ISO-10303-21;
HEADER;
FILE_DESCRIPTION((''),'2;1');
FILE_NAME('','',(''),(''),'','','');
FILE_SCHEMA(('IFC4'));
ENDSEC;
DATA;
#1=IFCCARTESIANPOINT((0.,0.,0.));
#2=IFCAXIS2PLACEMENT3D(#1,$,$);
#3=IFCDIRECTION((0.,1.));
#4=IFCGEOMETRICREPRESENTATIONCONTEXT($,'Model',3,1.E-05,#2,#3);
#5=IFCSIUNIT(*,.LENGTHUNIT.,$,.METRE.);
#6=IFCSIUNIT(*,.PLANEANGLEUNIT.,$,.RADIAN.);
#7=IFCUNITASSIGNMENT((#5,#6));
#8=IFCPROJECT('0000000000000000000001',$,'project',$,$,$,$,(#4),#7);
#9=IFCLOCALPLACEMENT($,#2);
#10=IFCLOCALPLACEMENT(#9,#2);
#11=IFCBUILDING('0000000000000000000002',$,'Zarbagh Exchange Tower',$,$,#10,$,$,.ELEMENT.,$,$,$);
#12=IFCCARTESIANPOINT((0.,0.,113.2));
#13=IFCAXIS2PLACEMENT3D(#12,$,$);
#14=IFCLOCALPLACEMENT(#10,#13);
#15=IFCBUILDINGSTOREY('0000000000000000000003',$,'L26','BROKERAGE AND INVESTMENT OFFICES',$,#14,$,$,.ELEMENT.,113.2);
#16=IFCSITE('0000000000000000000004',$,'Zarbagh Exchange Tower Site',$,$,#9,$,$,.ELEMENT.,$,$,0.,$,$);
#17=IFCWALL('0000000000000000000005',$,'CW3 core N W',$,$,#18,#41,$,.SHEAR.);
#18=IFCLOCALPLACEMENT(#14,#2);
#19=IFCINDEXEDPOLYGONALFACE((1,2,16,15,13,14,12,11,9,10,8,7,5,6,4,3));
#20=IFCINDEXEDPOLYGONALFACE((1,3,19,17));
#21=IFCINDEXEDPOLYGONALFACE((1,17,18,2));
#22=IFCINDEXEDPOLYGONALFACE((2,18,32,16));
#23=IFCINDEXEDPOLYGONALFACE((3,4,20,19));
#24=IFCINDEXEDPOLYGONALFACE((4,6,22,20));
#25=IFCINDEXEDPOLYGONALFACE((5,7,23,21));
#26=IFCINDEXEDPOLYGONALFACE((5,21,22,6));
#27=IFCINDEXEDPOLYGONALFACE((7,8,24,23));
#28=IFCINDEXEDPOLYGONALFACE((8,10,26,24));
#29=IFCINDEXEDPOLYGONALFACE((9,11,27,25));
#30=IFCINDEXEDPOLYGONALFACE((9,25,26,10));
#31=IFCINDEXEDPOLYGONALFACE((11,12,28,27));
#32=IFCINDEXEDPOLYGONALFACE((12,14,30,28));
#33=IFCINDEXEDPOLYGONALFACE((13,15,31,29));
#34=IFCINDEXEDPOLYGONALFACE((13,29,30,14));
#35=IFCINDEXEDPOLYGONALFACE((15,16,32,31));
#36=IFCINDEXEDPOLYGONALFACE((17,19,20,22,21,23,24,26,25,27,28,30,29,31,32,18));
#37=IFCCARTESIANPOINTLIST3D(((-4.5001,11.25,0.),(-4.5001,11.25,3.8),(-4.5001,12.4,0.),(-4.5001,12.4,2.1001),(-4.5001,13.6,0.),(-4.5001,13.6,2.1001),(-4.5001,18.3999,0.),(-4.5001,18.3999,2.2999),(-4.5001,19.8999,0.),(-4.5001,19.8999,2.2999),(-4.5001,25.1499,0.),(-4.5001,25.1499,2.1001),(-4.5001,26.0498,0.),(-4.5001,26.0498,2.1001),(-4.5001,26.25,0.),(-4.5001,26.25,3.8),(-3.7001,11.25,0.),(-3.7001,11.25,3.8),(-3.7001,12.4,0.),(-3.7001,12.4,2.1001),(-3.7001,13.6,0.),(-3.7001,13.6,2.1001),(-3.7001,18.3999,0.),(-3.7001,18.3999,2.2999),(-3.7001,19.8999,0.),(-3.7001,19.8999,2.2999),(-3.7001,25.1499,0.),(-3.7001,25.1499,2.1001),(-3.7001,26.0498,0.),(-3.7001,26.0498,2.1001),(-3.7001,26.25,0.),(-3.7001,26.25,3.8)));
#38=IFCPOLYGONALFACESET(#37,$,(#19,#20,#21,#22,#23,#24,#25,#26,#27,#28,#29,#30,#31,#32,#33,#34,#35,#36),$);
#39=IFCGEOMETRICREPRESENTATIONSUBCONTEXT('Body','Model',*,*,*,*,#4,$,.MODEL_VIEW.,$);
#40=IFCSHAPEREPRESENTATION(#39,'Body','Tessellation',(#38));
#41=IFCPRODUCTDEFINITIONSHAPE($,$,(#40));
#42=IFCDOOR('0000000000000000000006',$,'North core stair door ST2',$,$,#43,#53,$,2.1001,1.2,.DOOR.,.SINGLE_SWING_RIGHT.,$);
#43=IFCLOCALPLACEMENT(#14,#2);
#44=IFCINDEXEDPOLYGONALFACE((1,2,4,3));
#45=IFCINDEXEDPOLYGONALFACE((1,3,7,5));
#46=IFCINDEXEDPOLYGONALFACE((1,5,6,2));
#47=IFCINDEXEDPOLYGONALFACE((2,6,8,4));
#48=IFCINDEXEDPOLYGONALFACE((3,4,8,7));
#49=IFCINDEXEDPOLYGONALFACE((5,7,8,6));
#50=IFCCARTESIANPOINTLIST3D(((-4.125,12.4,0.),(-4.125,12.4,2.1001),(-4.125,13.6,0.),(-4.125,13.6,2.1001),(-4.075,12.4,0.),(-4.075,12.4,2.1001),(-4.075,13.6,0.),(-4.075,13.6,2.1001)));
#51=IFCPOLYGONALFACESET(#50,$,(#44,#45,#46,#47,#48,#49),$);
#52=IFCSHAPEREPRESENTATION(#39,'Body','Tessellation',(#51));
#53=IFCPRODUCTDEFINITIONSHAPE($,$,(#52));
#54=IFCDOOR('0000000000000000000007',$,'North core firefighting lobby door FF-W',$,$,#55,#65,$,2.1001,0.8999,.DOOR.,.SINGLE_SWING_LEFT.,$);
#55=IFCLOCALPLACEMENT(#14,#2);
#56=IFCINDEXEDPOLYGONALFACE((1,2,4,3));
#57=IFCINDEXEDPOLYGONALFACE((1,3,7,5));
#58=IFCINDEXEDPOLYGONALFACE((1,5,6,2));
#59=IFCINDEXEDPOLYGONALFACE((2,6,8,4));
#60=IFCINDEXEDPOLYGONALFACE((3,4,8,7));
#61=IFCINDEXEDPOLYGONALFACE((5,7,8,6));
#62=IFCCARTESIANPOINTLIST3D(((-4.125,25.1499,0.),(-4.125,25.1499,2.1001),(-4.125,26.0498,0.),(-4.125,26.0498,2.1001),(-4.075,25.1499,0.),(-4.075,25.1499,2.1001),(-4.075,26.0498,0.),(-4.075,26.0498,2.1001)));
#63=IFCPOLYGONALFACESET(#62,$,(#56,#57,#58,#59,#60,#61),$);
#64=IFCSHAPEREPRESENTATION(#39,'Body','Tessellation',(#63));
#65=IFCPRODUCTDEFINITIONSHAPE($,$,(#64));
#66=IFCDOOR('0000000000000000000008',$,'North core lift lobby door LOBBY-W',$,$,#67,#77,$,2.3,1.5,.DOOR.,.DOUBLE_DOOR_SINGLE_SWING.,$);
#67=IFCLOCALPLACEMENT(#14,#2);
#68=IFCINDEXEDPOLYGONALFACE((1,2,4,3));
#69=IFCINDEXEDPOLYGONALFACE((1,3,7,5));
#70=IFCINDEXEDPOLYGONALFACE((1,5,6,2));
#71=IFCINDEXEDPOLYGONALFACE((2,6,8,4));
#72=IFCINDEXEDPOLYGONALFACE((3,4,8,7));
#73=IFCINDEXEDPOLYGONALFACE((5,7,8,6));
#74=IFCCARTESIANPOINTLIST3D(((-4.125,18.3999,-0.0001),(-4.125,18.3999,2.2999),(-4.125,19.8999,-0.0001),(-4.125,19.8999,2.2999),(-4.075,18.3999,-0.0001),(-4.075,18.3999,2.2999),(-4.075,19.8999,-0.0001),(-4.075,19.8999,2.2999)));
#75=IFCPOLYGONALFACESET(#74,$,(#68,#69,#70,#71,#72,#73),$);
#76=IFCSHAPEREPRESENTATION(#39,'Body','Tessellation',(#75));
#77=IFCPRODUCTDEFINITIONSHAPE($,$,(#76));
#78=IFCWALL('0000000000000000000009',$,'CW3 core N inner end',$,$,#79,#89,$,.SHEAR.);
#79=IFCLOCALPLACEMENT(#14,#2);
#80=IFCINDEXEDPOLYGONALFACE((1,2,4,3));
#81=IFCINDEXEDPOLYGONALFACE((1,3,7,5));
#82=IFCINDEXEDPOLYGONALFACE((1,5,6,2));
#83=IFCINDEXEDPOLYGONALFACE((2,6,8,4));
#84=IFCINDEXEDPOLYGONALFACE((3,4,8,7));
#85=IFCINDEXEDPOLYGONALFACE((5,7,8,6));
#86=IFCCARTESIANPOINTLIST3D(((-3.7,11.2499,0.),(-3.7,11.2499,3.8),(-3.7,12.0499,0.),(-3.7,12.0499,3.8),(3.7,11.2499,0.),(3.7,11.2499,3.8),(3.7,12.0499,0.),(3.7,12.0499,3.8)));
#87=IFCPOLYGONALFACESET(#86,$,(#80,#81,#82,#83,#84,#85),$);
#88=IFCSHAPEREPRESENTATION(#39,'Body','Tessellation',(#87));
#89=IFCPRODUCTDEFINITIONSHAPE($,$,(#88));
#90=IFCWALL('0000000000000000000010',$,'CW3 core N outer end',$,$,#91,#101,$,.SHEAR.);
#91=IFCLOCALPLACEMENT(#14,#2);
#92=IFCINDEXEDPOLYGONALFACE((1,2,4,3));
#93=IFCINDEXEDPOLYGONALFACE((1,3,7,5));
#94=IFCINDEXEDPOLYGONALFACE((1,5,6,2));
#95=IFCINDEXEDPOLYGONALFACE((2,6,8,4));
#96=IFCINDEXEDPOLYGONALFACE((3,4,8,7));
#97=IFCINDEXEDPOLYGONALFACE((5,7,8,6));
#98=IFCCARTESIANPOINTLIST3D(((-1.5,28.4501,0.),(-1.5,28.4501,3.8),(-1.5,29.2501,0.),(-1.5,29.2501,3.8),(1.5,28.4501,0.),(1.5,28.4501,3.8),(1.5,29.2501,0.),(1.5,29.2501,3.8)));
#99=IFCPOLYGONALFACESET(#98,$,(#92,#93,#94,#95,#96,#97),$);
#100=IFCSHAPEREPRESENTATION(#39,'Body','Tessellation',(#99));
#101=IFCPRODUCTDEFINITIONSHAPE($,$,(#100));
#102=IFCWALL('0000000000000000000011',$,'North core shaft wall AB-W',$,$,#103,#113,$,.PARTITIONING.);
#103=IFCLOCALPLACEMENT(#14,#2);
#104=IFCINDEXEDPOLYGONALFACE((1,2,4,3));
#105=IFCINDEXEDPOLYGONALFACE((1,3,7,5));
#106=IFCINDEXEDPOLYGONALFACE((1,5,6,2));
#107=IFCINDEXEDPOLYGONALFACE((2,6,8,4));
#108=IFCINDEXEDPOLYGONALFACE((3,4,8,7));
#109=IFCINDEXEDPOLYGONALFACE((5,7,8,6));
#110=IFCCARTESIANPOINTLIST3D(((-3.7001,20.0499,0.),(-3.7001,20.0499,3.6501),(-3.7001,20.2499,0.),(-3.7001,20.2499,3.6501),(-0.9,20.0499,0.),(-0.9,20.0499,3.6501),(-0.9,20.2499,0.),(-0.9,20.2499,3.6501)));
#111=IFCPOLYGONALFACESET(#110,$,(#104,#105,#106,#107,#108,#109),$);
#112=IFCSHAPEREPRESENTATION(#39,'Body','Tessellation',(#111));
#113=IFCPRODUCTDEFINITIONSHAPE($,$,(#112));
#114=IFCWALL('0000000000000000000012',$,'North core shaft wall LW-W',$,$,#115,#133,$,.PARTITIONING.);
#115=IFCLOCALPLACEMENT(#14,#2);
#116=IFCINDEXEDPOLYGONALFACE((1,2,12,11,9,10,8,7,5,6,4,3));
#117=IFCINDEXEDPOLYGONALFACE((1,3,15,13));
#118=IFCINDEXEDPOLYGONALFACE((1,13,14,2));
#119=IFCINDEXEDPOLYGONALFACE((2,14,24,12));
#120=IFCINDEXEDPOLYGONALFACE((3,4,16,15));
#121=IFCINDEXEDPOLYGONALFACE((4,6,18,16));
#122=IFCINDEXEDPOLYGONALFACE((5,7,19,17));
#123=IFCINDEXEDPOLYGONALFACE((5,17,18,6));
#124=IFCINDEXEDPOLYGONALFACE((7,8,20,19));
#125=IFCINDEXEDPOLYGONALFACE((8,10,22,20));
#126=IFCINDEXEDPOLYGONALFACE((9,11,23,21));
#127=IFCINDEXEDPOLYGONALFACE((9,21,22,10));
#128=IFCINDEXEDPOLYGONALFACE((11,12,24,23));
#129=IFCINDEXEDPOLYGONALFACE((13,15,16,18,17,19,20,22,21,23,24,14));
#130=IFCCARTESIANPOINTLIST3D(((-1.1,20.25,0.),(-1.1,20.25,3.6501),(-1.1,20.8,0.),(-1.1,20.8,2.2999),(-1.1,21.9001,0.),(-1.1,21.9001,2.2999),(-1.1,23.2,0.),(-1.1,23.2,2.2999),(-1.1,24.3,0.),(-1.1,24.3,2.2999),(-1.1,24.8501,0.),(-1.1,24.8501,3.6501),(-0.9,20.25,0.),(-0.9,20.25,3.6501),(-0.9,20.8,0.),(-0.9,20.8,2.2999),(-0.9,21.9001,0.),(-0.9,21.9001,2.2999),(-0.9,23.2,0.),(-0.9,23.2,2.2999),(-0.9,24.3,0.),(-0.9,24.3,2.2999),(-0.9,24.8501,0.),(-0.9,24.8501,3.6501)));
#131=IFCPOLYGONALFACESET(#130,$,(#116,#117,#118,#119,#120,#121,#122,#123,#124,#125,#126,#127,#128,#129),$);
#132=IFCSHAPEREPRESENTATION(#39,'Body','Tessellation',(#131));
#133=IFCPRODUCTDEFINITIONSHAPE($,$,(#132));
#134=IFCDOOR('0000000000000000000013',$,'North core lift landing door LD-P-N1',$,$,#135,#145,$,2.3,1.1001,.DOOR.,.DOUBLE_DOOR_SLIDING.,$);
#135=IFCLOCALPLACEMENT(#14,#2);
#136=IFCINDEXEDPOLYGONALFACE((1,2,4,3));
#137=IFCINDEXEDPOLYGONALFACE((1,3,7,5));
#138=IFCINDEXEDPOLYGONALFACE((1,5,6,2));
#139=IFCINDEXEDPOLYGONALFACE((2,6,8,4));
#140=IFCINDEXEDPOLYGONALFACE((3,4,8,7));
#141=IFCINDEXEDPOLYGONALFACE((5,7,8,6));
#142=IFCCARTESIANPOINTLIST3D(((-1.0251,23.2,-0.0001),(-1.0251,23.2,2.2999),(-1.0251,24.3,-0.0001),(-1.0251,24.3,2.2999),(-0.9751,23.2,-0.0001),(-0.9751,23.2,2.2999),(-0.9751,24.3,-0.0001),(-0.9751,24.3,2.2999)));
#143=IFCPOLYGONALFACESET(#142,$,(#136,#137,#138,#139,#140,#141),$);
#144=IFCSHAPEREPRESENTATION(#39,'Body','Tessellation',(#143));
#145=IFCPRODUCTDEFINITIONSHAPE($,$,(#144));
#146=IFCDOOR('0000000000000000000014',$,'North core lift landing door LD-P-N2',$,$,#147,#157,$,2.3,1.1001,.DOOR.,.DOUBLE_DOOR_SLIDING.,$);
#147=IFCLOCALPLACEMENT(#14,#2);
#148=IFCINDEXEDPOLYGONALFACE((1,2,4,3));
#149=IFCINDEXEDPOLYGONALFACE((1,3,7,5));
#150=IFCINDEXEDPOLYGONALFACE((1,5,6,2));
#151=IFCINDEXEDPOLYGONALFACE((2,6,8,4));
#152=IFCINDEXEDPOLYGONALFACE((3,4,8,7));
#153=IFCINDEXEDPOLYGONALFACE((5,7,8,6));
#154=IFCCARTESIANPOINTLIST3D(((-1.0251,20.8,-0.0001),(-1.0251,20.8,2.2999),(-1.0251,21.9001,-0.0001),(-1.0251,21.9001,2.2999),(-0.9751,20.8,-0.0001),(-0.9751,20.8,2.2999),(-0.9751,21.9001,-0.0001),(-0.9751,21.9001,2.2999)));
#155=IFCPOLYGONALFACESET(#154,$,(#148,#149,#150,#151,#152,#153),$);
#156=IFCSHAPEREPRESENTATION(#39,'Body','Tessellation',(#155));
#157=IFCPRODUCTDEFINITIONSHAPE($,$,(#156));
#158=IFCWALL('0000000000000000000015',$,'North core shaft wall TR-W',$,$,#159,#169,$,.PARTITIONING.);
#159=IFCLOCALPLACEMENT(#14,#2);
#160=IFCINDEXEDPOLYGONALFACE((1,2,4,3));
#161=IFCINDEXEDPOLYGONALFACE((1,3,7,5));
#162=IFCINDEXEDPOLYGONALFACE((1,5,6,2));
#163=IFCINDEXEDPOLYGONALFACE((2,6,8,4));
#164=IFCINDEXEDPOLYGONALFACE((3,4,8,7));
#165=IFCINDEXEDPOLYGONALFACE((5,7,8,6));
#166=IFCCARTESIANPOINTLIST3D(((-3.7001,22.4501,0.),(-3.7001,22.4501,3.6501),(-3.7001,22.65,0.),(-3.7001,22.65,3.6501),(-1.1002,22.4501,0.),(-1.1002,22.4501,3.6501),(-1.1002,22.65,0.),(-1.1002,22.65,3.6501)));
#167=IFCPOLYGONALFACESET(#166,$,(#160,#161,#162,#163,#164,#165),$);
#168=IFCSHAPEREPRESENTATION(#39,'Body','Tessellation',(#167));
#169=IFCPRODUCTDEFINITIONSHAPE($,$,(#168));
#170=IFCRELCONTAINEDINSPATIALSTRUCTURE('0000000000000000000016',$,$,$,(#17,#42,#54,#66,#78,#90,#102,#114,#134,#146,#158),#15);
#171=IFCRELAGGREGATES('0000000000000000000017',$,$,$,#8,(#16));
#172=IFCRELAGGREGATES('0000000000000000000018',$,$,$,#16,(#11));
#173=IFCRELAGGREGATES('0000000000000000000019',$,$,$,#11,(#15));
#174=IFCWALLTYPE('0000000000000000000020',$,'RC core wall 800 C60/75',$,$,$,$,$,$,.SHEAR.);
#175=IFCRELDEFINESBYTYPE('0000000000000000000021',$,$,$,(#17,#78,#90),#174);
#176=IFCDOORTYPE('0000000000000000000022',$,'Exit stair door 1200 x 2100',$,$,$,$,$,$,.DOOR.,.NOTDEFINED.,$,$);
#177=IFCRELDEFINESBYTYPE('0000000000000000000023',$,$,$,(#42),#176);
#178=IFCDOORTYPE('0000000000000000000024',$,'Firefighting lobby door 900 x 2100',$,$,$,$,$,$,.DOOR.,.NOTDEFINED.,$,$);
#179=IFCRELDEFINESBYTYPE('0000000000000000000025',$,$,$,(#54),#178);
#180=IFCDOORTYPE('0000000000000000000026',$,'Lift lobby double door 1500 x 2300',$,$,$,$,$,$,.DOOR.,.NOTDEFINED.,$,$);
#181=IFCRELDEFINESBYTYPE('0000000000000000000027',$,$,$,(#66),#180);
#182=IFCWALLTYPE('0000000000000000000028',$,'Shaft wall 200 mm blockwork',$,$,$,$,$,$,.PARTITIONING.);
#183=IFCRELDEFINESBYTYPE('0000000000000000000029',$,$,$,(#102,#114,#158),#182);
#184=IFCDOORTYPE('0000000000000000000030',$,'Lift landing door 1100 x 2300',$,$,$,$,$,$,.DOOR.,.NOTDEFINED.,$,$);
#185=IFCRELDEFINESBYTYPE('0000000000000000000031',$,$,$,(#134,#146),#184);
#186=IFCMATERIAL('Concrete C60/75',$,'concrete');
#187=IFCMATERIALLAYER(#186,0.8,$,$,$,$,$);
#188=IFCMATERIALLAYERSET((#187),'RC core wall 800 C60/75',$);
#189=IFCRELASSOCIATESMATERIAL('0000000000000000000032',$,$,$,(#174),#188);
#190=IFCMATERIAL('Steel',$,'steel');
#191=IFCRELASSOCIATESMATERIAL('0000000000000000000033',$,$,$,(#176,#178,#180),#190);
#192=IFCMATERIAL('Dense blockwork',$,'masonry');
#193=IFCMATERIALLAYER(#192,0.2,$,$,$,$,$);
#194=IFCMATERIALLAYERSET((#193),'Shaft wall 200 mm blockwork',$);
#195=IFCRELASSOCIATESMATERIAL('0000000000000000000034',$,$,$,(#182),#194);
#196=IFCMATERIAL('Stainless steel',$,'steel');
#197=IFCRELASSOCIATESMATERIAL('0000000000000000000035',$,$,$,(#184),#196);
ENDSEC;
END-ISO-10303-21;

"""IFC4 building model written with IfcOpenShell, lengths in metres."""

from ifc_helpers import new_model, si_unit, direction, frame, frame_2d, origin, place, context, subcontext, project, spatial, rectangle, extrude, material, layer, layer_set, type_object, element, fill, save


model = new_model("IFC4")

# Units and contexts
model_context = context("Model", 3, precision=1e-05, world=origin(), true_north=direction((0.0, 1.0)))
body_context = subcontext(model_context, "Body", "Model", "MODEL_VIEW")
ifc_project = project(units=[si_unit("LENGTHUNIT", "METRE"), si_unit("PLANEANGLEUNIT", "RADIAN")], contexts=[model_context])

# Site, building, storey
site_placement = place(None, origin())
site = spatial("IfcSite", under=ifc_project, at=site_placement, Name="Zarbagh Exchange Tower Site", CompositionType="ELEMENT", RefElevation=0.0)
building_placement = place(site_placement, origin())
building = spatial("IfcBuilding", under=site, at=building_placement, Name="Zarbagh Exchange Tower", CompositionType="ELEMENT")
storey_placement = place(building_placement, frame((0.0, 0.0, 113.2)))
storey = spatial("IfcBuildingStorey", under=building, at=storey_placement, Name="L26", Description="BROKERAGE AND INVESTMENT OFFICES", CompositionType="ELEMENT", Elevation=113.2)

# Shared definitions
ifc_material_1 = material(Name="Concrete C60/75", Category="concrete")

# Wall, openings, doors
ifc_layer_1 = layer(ifc_material_1, 0.8)
ifc_layer_set_1 = layer_set([ifc_layer_1], Name="RC core wall 800 C60/75")
wall_type_1 = type_object("IfcWallType", Name="RC core wall 800 C60/75", PredefinedType="SHEAR", material=ifc_layer_set_1)
wall_1_placement = place(storey_placement, frame((-4.1001, 11.25, 0.0), z_axis=(0.0, 0.0, 1.0), x_axis=(0.0, 1.0, 0.0)))
wall_1 = element("IfcWall", 1, at=wall_1_placement, inside=storey, type_object=wall_type_1, Name="CW3 core N W", PredefinedType="SHEAR", context=body_context, shape_type="SweptSolid", body=[
    extrude(rectangle(XDim=15.0, YDim=0.8, at=frame_2d((7.5, 0.0))), origin(), (0.0, 0.0, 1.0), 3.8),
])
opening_1_placement = place(wall_1_placement, frame((7.1499, 0.0, 0.0)))
opening_1 = element("IfcOpeningElement", 2, at=opening_1_placement, cuts=wall_1, PredefinedType="OPENING", context=body_context, shape_type="SweptSolid", body=[
    extrude(rectangle(XDim=1.5, YDim=2.3, at=frame_2d((0.75, 1.1499))), frame((0.0, 0.4099, 0.0), z_axis=(0.0, -1.0, 0.0), x_axis=(1.0, 0.0, 0.0)), (0.0, 0.0, 1.0), 0.8201),
])
opening_2_placement = place(wall_1_placement, frame((13.8999, 0.0, 0.0)))
opening_2 = element("IfcOpeningElement", 3, at=opening_2_placement, cuts=wall_1, PredefinedType="OPENING", context=body_context, shape_type="SweptSolid", body=[
    extrude(rectangle(XDim=0.8999, YDim=2.1001, at=frame_2d((0.45, 1.05))), frame((0.0, 0.4099, 0.0), z_axis=(0.0, -1.0, 0.0), x_axis=(1.0, 0.0, 0.0)), (0.0, 0.0, 1.0), 0.8201),
])
opening_3_placement = place(wall_1_placement, frame((1.1499, 0.0, 0.0)))
opening_3 = element("IfcOpeningElement", 4, at=opening_3_placement, cuts=wall_1, PredefinedType="OPENING", context=body_context, shape_type="SweptSolid", body=[
    extrude(rectangle(XDim=1.2, YDim=2.1001, at=frame_2d((0.6001, 1.05))), frame((0.0, 0.4099, 0.0), z_axis=(0.0, -1.0, 0.0), x_axis=(1.0, 0.0, 0.0)), (0.0, 0.0, 1.0), 0.8201),
])
ifc_material_2 = material(Name="Steel", Category="steel")
door_type_1 = type_object("IfcDoorType", Name="Exit stair door 1200 x 2100", OperationType="NOTDEFINED", PredefinedType="DOOR", material=ifc_material_2)
door_1_placement = place(opening_3_placement, origin())
door_1 = element("IfcDoor", 5, at=door_1_placement, inside=storey, type_object=door_type_1, Name="North core stair door ST2", OperationType="SINGLE_SWING_RIGHT", OverallHeight=2.1001, OverallWidth=1.2, PredefinedType="DOOR", context=body_context, shape_type="SweptSolid", body=[
    extrude(rectangle(XDim=1.2, YDim=2.1001, at=frame_2d((0.6001, 1.05))), frame((0.0, 0.0249, 0.0), z_axis=(0.0, -1.0, 0.0), x_axis=(1.0, 0.0, 0.0)), (0.0, 0.0, 1.0), 0.05),
])
fill(opening_3, door_1)
door_type_2 = type_object("IfcDoorType", Name="Firefighting lobby door 900 x 2100", OperationType="NOTDEFINED", PredefinedType="DOOR", material=ifc_material_2)
door_2_placement = place(opening_2_placement, origin())
door_2 = element("IfcDoor", 6, at=door_2_placement, inside=storey, type_object=door_type_2, Name="North core firefighting lobby door FF-W", OperationType="SINGLE_SWING_LEFT", OverallHeight=2.1001, OverallWidth=0.8999, PredefinedType="DOOR", context=body_context, shape_type="SweptSolid", body=[
    extrude(rectangle(XDim=0.8999, YDim=2.1001, at=frame_2d((0.45, 1.05))), frame((0.0, 0.0249, 0.0), z_axis=(0.0, -1.0, 0.0), x_axis=(1.0, 0.0, 0.0)), (0.0, 0.0, 1.0), 0.05),
])
fill(opening_2, door_2)
door_type_3 = type_object("IfcDoorType", Name="Lift lobby double door 1500 x 2300", OperationType="NOTDEFINED", PredefinedType="DOOR", material=ifc_material_2)
door_3_placement = place(opening_1_placement, origin())
door_3 = element("IfcDoor", 7, at=door_3_placement, inside=storey, type_object=door_type_3, Name="North core lift lobby door LOBBY-W", OperationType="DOUBLE_DOOR_SINGLE_SWING", OverallHeight=2.3, OverallWidth=1.5, PredefinedType="DOOR", context=body_context, shape_type="SweptSolid", body=[
    extrude(rectangle(XDim=1.5, YDim=2.3, at=frame_2d((0.75, 1.1499))), frame((0.0, 0.0249, 0.0), z_axis=(0.0, -1.0, 0.0), x_axis=(1.0, 0.0, 0.0)), (0.0, 0.0, 1.0), 0.05),
])
fill(opening_1, door_3)

# Walls
wall_2_placement = place(storey_placement, frame((-3.7, 11.6499, 0.0), z_axis=(0.0, 0.0, 1.0), x_axis=(1.0, 0.0, 0.0)))
element("IfcWall", 8, at=wall_2_placement, inside=storey, type_object=wall_type_1, Name="CW3 core N inner end", PredefinedType="SHEAR", context=body_context, shape_type="SweptSolid", body=[
    extrude(rectangle(XDim=7.3999, YDim=0.8, at=frame_2d((3.7, 0.0))), origin(), (0.0, 0.0, 1.0), 3.8),
])
wall_3_placement = place(storey_placement, frame((-1.5, 28.8501, 0.0), z_axis=(0.0, 0.0, 1.0), x_axis=(1.0, 0.0, 0.0)))
element("IfcWall", 9, at=wall_3_placement, inside=storey, type_object=wall_type_1, Name="CW3 core N outer end", PredefinedType="SHEAR", context=body_context, shape_type="SweptSolid", body=[
    extrude(rectangle(XDim=3.0, YDim=0.8, at=frame_2d((1.5, 0.0))), origin(), (0.0, 0.0, 1.0), 3.8),
])
ifc_material_3 = material(Name="Dense blockwork", Category="masonry")
ifc_layer_2 = layer(ifc_material_3, 0.2)
ifc_layer_set_2 = layer_set([ifc_layer_2], Name="Shaft wall 200 mm blockwork")
wall_type_2 = type_object("IfcWallType", Name="Shaft wall 200 mm blockwork", PredefinedType="PARTITIONING", material=ifc_layer_set_2)
wall_4_placement = place(storey_placement, frame((-3.7, 20.1499, 0.0), z_axis=(0.0, 0.0, 1.0), x_axis=(1.0, 0.0, 0.0)))
element("IfcWall", 10, at=wall_4_placement, inside=storey, type_object=wall_type_2, Name="North core shaft wall AB-W", PredefinedType="PARTITIONING", context=body_context, shape_type="SweptSolid", body=[
    extrude(rectangle(XDim=2.8, YDim=0.2, at=frame_2d((1.3999, 0.0))), origin(), (0.0, 0.0, 1.0), 3.6501),
])

# Wall, openings, doors
wall_5_placement = place(storey_placement, frame((-1.0, 24.8501, 0.0), z_axis=(0.0, 0.0, 1.0), x_axis=(0.0, -1.0, 0.0)))
wall_5 = element("IfcWall", 11, at=wall_5_placement, inside=storey, type_object=wall_type_2, Name="North core shaft wall LW-W", PredefinedType="PARTITIONING", context=body_context, shape_type="SweptSolid", body=[
    extrude(rectangle(XDim=4.6001, YDim=0.2, at=frame_2d((2.3, 0.0))), origin(), (0.0, 0.0, 1.0), 3.6501),
])
opening_4_placement = place(wall_5_placement, frame((0.55, 0.0, 0.0)))
opening_4 = element("IfcOpeningElement", 12, at=opening_4_placement, cuts=wall_5, PredefinedType="OPENING", context=body_context, shape_type="SweptSolid", body=[
    extrude(rectangle(XDim=1.1001, YDim=2.3, at=frame_2d((0.55, 1.1499))), frame((0.0, 0.1099, 0.0), z_axis=(0.0, -1.0, 0.0), x_axis=(1.0, 0.0, 0.0)), (0.0, 0.0, 1.0), 0.22),
])
opening_5_placement = place(wall_5_placement, frame((2.95, 0.0, 0.0)))
opening_5 = element("IfcOpeningElement", 13, at=opening_5_placement, cuts=wall_5, PredefinedType="OPENING", context=body_context, shape_type="SweptSolid", body=[
    extrude(rectangle(XDim=1.1001, YDim=2.3, at=frame_2d((0.55, 1.1499))), frame((0.0, 0.1099, 0.0), z_axis=(0.0, -1.0, 0.0), x_axis=(1.0, 0.0, 0.0)), (0.0, 0.0, 1.0), 0.22),
])
ifc_material_4 = material(Name="Stainless steel", Category="steel")
door_type_4 = type_object("IfcDoorType", Name="Lift landing door 1100 x 2300", OperationType="NOTDEFINED", PredefinedType="DOOR", material=ifc_material_4)
door_4_placement = place(opening_4_placement, origin())
door_4 = element("IfcDoor", 14, at=door_4_placement, inside=storey, type_object=door_type_4, Name="North core lift landing door LD-P-N1", OperationType="DOUBLE_DOOR_SLIDING", OverallHeight=2.3, OverallWidth=1.1001, PredefinedType="DOOR", context=body_context, shape_type="SweptSolid", body=[
    extrude(rectangle(XDim=1.1001, YDim=2.3, at=frame_2d((0.55, 1.1499))), frame((0.0, 0.0249, 0.0), z_axis=(0.0, -1.0, 0.0), x_axis=(1.0, 0.0, 0.0)), (0.0, 0.0, 1.0), 0.05),
])
fill(opening_4, door_4)
door_5_placement = place(opening_5_placement, origin())
door_5 = element("IfcDoor", 15, at=door_5_placement, inside=storey, type_object=door_type_4, Name="North core lift landing door LD-P-N2", OperationType="DOUBLE_DOOR_SLIDING", OverallHeight=2.3, OverallWidth=1.1001, PredefinedType="DOOR", context=body_context, shape_type="SweptSolid", body=[
    extrude(rectangle(XDim=1.1001, YDim=2.3, at=frame_2d((0.55, 1.1499))), frame((0.0, 0.0249, 0.0), z_axis=(0.0, -1.0, 0.0), x_axis=(1.0, 0.0, 0.0)), (0.0, 0.0, 1.0), 0.05),
])
fill(opening_5, door_5)

# Wall
wall_6_placement = place(storey_placement, frame((-3.7, 22.55, 0.0), z_axis=(0.0, 0.0, 1.0), x_axis=(1.0, 0.0, 0.0)))
element("IfcWall", 16, at=wall_6_placement, inside=storey, type_object=wall_type_2, Name="North core shaft wall TR-W", PredefinedType="PARTITIONING", context=body_context, shape_type="SweptSolid", body=[
    extrude(rectangle(XDim=2.5999, YDim=0.2, at=frame_2d((1.2998, 0.0))), origin(), (0.0, 0.0, 1.0), 3.6501),
])

save(model, "model.ifc")
